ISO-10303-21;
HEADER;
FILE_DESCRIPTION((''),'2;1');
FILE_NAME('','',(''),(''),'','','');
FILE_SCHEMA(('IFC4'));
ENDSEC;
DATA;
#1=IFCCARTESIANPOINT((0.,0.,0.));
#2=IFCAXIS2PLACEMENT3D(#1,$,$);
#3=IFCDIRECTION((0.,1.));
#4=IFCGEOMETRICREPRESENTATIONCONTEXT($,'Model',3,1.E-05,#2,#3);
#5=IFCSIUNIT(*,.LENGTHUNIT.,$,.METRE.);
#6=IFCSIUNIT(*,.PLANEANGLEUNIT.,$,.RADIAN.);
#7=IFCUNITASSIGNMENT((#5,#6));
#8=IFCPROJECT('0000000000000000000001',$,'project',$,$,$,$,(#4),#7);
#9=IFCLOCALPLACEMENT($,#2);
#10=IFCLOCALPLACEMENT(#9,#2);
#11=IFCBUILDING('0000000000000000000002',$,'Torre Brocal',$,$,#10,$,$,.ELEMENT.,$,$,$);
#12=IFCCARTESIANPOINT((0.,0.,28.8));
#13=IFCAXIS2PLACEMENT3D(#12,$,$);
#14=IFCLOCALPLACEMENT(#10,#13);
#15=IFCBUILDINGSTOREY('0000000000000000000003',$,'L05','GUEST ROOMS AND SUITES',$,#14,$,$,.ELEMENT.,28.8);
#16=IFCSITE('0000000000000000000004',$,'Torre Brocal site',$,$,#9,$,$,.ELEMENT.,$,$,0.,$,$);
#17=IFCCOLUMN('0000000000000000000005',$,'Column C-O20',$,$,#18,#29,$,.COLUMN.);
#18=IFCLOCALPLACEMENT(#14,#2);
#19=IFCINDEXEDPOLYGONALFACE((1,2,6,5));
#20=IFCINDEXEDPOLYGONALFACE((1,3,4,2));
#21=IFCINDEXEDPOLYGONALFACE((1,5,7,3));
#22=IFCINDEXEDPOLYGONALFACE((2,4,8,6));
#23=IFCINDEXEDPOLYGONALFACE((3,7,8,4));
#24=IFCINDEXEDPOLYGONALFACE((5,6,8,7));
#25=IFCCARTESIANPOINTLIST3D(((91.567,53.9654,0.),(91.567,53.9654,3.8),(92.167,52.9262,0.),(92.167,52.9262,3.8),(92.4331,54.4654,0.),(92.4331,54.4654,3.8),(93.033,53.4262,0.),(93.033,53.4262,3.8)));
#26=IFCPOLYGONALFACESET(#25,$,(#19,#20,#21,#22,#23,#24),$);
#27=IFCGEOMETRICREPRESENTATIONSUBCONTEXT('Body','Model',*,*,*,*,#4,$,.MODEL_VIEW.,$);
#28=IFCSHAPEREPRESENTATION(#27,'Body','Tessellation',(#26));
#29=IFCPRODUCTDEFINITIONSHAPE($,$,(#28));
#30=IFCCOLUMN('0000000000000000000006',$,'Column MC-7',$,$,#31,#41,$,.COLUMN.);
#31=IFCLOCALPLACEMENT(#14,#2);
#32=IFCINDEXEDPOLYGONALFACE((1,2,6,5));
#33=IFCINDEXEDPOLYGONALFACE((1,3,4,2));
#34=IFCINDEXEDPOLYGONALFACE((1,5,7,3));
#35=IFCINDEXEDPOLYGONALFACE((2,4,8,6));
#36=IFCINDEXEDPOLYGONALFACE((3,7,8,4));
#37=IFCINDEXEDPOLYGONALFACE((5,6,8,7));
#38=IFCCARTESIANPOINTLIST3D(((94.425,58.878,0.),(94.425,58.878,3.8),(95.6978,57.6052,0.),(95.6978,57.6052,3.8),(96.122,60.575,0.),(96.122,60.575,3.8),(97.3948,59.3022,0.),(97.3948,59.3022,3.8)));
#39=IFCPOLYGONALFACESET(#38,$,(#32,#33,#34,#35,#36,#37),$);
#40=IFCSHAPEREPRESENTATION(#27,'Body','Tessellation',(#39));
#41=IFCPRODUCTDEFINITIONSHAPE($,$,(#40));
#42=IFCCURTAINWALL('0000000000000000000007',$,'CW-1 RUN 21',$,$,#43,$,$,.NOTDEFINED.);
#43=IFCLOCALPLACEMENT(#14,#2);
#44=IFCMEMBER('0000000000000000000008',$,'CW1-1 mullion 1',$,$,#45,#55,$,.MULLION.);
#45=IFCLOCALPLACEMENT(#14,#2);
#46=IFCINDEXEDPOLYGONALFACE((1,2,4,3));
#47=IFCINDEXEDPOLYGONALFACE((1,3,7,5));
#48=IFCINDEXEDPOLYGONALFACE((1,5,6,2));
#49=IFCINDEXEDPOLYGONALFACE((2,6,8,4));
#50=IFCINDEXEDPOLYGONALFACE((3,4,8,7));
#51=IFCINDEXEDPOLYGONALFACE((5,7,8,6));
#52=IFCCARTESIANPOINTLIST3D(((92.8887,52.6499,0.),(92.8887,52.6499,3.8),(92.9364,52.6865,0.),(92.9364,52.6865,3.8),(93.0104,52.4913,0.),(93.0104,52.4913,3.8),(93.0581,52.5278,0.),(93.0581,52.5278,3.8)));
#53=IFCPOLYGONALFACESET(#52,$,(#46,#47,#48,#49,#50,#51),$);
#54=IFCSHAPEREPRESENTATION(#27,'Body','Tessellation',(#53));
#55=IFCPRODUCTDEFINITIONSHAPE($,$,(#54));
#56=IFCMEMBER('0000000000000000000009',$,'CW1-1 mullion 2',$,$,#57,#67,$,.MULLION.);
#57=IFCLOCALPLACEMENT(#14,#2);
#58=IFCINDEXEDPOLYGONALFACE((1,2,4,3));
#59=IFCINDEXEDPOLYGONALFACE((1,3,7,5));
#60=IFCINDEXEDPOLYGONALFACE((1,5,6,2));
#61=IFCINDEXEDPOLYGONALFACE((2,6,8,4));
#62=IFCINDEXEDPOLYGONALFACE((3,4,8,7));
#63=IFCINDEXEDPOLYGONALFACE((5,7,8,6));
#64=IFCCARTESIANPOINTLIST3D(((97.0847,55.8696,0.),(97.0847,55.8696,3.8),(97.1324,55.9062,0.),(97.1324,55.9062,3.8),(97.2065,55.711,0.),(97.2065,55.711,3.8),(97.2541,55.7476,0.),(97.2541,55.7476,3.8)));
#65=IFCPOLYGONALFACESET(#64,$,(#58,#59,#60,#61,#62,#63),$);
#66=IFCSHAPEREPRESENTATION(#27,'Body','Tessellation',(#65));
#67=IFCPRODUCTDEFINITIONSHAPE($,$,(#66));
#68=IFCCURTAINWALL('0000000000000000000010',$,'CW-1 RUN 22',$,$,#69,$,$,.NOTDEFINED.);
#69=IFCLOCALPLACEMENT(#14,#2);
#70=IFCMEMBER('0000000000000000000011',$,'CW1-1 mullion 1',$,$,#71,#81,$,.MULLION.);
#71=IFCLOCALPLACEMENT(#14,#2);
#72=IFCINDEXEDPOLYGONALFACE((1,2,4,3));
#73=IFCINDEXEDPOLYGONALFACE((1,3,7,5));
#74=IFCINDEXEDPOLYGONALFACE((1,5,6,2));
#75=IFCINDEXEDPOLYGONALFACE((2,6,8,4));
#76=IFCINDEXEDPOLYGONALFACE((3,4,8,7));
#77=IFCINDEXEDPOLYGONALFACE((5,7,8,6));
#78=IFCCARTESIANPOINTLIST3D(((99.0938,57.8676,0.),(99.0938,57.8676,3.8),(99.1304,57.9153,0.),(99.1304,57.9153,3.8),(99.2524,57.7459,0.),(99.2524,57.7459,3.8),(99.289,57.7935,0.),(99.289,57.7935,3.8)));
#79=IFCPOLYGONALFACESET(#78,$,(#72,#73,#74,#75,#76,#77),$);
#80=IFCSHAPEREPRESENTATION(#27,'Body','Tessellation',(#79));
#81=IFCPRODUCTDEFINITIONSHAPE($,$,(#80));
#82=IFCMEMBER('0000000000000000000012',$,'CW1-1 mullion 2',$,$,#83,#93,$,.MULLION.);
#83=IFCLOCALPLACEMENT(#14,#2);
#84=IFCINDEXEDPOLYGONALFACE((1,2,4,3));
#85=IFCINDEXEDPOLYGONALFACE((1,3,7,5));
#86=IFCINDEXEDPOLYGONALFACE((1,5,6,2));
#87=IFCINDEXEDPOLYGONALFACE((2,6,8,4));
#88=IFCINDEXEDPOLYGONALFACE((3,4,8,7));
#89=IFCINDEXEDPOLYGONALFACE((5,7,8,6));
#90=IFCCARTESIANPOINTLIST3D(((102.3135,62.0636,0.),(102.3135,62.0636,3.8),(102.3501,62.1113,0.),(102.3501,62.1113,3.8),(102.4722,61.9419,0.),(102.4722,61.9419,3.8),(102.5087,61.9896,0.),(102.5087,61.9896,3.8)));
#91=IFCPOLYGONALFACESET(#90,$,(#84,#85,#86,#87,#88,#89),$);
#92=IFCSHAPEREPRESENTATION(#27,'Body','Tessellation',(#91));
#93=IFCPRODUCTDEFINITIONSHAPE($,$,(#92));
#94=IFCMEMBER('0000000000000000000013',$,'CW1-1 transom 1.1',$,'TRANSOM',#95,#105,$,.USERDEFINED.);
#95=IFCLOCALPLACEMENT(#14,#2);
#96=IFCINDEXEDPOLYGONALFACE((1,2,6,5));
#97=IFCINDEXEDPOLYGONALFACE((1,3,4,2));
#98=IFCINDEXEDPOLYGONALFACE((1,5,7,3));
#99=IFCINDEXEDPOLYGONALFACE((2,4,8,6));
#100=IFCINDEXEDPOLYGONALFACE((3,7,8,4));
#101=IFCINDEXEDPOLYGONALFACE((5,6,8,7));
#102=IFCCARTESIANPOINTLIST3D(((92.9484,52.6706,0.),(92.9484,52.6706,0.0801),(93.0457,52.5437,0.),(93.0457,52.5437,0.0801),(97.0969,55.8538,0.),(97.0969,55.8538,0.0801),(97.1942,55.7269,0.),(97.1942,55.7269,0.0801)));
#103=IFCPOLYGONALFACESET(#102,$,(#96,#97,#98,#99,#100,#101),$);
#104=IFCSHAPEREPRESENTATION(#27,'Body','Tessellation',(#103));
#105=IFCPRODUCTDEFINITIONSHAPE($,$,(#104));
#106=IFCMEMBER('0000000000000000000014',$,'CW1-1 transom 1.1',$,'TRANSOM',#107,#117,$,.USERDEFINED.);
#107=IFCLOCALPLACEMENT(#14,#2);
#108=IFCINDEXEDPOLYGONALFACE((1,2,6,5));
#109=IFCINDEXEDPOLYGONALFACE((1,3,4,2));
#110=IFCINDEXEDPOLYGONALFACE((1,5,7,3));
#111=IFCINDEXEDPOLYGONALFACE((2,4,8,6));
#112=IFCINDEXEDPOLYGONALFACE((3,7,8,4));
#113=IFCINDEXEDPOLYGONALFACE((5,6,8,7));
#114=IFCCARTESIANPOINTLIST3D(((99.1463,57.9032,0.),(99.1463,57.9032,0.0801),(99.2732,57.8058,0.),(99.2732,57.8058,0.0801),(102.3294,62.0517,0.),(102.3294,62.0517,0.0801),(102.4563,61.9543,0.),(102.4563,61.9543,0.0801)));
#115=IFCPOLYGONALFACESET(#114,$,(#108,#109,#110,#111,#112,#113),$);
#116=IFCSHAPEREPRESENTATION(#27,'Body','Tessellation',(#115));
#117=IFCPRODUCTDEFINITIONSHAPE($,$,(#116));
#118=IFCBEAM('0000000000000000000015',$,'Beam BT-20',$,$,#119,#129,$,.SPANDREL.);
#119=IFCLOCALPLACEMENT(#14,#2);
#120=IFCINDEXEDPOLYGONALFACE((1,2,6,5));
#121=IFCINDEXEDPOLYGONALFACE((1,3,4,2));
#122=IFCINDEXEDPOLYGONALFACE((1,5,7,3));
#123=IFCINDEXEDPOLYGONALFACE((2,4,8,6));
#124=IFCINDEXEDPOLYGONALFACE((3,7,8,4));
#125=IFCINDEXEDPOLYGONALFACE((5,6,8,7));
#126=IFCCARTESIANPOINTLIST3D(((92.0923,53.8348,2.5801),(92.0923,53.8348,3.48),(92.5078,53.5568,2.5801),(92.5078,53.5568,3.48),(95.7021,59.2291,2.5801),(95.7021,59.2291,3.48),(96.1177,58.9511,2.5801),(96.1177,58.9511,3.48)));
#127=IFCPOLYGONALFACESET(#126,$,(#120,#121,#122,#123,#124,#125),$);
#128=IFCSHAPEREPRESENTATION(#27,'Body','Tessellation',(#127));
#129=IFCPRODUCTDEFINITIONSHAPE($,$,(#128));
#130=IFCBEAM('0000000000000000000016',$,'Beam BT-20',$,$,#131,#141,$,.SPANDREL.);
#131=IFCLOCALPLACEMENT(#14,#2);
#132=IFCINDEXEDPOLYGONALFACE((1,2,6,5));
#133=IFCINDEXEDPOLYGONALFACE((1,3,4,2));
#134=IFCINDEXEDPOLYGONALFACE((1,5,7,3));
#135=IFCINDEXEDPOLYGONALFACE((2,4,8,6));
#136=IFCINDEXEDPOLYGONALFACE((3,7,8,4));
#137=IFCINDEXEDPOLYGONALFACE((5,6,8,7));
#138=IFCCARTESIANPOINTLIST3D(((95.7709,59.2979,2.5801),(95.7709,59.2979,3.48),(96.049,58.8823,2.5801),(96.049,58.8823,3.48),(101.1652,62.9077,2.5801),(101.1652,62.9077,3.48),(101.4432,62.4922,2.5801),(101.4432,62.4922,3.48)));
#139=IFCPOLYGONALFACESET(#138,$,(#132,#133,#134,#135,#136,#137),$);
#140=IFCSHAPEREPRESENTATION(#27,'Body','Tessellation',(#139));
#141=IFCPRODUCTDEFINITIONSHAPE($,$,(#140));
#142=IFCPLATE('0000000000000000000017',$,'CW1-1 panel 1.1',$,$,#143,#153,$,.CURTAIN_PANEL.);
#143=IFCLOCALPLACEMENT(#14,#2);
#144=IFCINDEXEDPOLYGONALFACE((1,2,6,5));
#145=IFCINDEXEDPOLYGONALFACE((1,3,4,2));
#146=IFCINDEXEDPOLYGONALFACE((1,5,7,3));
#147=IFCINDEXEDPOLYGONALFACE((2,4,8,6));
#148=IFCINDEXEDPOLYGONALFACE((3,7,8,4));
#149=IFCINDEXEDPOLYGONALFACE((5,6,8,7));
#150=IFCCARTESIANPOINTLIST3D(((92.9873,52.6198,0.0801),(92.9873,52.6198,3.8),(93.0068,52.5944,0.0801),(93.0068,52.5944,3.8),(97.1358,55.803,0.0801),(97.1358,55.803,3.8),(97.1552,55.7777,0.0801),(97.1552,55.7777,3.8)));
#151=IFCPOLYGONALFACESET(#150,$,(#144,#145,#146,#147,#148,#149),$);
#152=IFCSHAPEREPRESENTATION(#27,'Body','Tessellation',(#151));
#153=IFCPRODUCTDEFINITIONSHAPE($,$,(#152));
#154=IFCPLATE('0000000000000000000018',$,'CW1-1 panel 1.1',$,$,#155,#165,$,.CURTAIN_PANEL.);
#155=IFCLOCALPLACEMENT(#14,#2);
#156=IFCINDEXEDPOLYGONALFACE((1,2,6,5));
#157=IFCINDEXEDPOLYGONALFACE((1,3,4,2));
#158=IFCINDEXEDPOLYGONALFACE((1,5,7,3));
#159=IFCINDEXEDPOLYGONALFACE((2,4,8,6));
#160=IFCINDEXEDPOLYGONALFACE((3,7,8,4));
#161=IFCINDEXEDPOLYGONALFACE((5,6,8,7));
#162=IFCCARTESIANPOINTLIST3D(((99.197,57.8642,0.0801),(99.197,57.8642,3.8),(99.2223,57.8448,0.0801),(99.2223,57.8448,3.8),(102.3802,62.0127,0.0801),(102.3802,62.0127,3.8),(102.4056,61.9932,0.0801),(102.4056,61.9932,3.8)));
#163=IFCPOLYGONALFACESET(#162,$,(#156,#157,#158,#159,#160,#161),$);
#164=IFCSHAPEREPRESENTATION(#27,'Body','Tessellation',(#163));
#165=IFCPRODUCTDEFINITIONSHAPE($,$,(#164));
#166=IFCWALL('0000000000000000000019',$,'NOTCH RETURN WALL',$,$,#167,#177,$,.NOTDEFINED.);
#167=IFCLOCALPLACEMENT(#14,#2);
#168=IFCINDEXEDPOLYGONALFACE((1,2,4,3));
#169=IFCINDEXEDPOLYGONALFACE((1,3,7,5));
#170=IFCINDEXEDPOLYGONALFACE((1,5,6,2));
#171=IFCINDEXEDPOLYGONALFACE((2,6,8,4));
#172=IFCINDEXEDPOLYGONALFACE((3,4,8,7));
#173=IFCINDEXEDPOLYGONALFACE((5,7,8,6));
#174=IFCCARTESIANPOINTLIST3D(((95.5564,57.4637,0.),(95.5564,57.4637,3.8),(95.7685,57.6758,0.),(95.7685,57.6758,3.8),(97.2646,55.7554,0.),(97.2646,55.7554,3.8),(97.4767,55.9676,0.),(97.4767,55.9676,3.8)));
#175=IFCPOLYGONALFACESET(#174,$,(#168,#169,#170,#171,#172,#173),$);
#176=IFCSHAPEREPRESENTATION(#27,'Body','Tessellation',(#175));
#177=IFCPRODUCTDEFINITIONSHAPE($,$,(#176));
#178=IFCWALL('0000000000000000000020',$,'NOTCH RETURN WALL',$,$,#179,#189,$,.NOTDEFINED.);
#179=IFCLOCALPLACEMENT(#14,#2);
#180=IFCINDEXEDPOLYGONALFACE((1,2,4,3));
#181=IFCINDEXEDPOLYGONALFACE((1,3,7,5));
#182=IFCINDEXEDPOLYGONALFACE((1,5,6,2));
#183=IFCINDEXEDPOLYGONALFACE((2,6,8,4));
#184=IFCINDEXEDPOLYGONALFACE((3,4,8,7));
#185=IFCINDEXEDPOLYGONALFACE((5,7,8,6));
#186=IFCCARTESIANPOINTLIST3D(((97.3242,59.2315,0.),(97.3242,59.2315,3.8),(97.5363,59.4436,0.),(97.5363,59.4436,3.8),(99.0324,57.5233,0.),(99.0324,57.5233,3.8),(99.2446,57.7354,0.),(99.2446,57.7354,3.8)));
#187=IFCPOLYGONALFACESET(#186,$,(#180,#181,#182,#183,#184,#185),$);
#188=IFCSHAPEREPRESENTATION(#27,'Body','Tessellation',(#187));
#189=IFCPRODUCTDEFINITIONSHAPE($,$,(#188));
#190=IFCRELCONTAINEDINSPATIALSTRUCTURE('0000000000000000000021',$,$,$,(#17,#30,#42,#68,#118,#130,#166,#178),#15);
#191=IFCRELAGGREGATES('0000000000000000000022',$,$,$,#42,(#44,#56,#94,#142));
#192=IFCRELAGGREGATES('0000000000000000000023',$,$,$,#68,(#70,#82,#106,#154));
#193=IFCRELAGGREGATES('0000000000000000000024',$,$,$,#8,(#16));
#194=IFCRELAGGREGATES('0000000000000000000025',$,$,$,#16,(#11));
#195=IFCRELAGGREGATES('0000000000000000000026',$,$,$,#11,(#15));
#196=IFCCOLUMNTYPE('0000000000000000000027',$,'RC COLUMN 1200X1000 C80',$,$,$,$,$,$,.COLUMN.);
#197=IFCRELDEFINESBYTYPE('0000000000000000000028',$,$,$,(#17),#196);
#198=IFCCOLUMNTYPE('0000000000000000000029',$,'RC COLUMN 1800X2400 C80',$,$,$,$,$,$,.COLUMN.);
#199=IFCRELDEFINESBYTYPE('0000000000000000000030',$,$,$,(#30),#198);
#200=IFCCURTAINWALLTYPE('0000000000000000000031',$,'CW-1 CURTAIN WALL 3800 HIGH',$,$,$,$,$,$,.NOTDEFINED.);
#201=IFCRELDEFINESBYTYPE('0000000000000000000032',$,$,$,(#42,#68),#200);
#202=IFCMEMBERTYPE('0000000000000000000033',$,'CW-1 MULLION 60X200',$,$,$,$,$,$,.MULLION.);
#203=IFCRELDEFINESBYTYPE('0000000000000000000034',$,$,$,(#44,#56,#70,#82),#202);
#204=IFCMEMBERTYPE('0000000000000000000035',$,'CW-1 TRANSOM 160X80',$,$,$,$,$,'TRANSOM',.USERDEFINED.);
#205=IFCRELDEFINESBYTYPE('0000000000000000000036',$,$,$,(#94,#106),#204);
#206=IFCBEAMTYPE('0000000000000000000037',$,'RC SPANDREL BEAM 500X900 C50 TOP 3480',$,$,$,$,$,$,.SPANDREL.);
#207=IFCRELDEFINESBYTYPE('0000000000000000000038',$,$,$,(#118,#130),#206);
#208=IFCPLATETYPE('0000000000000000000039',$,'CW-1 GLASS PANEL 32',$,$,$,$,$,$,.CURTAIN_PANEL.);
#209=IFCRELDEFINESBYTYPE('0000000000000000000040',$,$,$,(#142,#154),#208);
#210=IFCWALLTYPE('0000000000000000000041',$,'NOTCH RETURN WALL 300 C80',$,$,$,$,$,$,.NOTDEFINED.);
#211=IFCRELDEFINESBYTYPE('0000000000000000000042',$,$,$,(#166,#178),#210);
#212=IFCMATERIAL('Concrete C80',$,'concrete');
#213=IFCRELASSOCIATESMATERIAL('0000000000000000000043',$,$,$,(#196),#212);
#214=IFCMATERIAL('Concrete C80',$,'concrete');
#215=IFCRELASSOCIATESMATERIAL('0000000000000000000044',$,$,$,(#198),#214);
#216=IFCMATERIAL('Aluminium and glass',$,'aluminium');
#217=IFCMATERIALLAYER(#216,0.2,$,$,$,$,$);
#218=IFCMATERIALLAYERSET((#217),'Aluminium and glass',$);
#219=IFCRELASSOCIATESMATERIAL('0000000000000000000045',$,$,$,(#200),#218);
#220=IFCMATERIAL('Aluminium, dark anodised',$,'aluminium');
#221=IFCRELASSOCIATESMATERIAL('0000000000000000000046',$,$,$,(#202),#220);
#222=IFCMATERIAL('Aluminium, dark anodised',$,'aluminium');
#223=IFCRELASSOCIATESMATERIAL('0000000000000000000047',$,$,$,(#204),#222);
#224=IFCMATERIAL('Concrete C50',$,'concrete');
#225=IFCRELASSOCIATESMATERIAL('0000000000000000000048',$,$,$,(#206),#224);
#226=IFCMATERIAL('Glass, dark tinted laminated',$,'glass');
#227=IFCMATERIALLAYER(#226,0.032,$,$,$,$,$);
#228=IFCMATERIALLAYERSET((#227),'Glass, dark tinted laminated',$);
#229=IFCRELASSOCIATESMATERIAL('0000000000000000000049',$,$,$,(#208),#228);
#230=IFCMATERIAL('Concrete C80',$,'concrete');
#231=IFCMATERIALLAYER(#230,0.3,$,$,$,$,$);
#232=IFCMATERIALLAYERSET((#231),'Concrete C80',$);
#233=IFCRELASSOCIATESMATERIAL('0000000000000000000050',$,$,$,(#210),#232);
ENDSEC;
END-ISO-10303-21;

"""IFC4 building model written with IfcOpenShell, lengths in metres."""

from ifc_helpers import new_model, si_unit, direction, frame, frame_2d, origin, origin_2d, place, context, subcontext, project, spatial, rectangle, extrude, material, layer, layer_set, material_profile, profile_set, type_object, element, aggregate, save


model = new_model("IFC4")

# Units and contexts
model_context = context("Model", 3, precision=1e-05, world=origin(), true_north=direction((0.0, 1.0)))
body_context = subcontext(model_context, "Body", "Model", "MODEL_VIEW")
ifc_project = project(units=[si_unit("LENGTHUNIT", "METRE"), si_unit("PLANEANGLEUNIT", "RADIAN")], contexts=[model_context])

# Site, building, storey
site_placement = place(None, origin())
site = spatial("IfcSite", under=ifc_project, at=site_placement, Name="Torre Brocal site", CompositionType="ELEMENT", RefElevation=0.0)
building_placement = place(site_placement, origin())
building = spatial("IfcBuilding", under=site, at=building_placement, Name="Torre Brocal", CompositionType="ELEMENT")
storey_placement = place(building_placement, frame((0.0, 0.0, 28.8)))
storey = spatial("IfcBuildingStorey", under=building, at=storey_placement, Name="L05", Description="GUEST ROOMS AND SUITES", CompositionType="ELEMENT", Elevation=28.8)

# Columns
ifc_material_1 = material(Name="Concrete C80", Category="concrete")
ifc_material_profile_1 = material_profile(ifc_material_1, rectangle(XDim=1.2, YDim=1.0, at=origin_2d()), Name="RC 1200X1000")
ifc_profile_set_1 = profile_set([ifc_material_profile_1], Name="Concrete C80")
column_type_1 = type_object("IfcColumnType", Name="RC COLUMN 1200X1000 C80", PredefinedType="COLUMN", material=ifc_profile_set_1)
column_1_placement = place(storey_placement, frame((92.3, 53.6958, 0.0), z_axis=(0.0, 0.0, 1.0), x_axis=(0.5, -0.866025, 0.0)))
element("IfcColumn", 1, at=column_1_placement, inside=storey, type_object=column_type_1, Name="Column C-O20", PredefinedType="COLUMN", context=body_context, shape_type="SweptSolid", body=[
    extrude(rectangle(XDim=1.2, YDim=1.0, at=origin_2d()), origin(), (0.0, 0.0, 1.0), 3.8),
])
ifc_material_2 = material(Name="Concrete C80", Category="concrete")
ifc_material_profile_2 = material_profile(ifc_material_2, rectangle(XDim=1.8, YDim=2.3999, at=origin_2d()), Name="RC 1800X2400")
ifc_profile_set_2 = profile_set([ifc_material_profile_2], Name="Concrete C80")
column_type_2 = type_object("IfcColumnType", Name="RC COLUMN 1800X2400 C80", PredefinedType="COLUMN", material=ifc_profile_set_2)
column_2_placement = place(storey_placement, frame((95.9099, 59.0901, 0.0), z_axis=(0.0, 0.0, 1.0), x_axis=(0.707107, -0.707107, 0.0)))
element("IfcColumn", 2, at=column_2_placement, inside=storey, type_object=column_type_2, Name="Column MC-7", PredefinedType="COLUMN", context=body_context, shape_type="SweptSolid", body=[
    extrude(rectangle(XDim=1.8, YDim=2.3999, at=origin_2d()), origin(), (0.0, 0.0, 1.0), 3.8),
])

# Curtain walls, members
ifc_material_3 = material(Name="Aluminium and glass", Category="aluminium")
ifc_layer_1 = layer(ifc_material_3, 0.2)
ifc_layer_set_1 = layer_set([ifc_layer_1], Name="Aluminium and glass")
curtain_wall_type = type_object("IfcCurtainWallType", Name="CW-1 CURTAIN WALL 3800 HIGH", PredefinedType="NOTDEFINED", material=ifc_layer_set_1)
curtain_wall_1_placement = place(storey_placement, origin())
curtain_wall_1 = element("IfcCurtainWall", 3, at=curtain_wall_1_placement, inside=storey, type_object=curtain_wall_type, Name="CW-1 RUN 21", PredefinedType="NOTDEFINED")
ifc_material_4 = material(Name="Aluminium, dark anodised", Category="aluminium")
ifc_material_profile_3 = material_profile(ifc_material_4, rectangle(XDim=0.2, YDim=0.0601, at=origin_2d()), Name="CW-1 MULLION 60X200")
ifc_profile_set_3 = profile_set([ifc_material_profile_3], Name="Aluminium, dark anodised")
member_type_1 = type_object("IfcMemberType", Name="CW-1 MULLION 60X200", PredefinedType="MULLION", material=ifc_profile_set_3)
member_1_placement = place(storey_placement, frame((92.9734, 52.5889, 0.0), z_axis=(0.0, 0.0, 1.0), x_axis=(-0.608761, 0.793353, 0.0)))
member_1 = element("IfcMember", 4, at=member_1_placement, type_object=member_type_1, Name="CW1-1 mullion 1", PredefinedType="MULLION", context=body_context, shape_type="SweptSolid", body=[
    extrude(rectangle(XDim=0.2, YDim=0.0601, at=origin_2d()), origin(), (0.0, 0.0, 1.0), 3.8),
])
member_2_placement = place(storey_placement, frame((97.1694, 55.8086, 0.0), z_axis=(0.0, 0.0, 1.0), x_axis=(-0.608761, 0.793353, 0.0)))
member_2 = element("IfcMember", 5, at=member_2_placement, type_object=member_type_1, Name="CW1-1 mullion 2", PredefinedType="MULLION", context=body_context, shape_type="SweptSolid", body=[
    extrude(rectangle(XDim=0.2, YDim=0.0601, at=origin_2d()), origin(), (0.0, 0.0, 1.0), 3.8),
])
curtain_wall_2_placement = place(storey_placement, origin())
curtain_wall_2 = element("IfcCurtainWall", 6, at=curtain_wall_2_placement, inside=storey, type_object=curtain_wall_type, Name="CW-1 RUN 22", PredefinedType="NOTDEFINED")
member_3_placement = place(storey_placement, frame((99.1914, 57.8306, 0.0), z_axis=(0.0, 0.0, 1.0), x_axis=(-0.793353, 0.608761, 0.0)))
member_3 = element("IfcMember", 7, at=member_3_placement, type_object=member_type_1, Name="CW1-1 mullion 1", PredefinedType="MULLION", context=body_context, shape_type="SweptSolid", body=[
    extrude(rectangle(XDim=0.2, YDim=0.0601, at=origin_2d()), origin(), (0.0, 0.0, 1.0), 3.8),
])
member_4_placement = place(storey_placement, frame((102.4111, 62.0266, 0.0), z_axis=(0.0, 0.0, 1.0), x_axis=(-0.793353, 0.608761, 0.0)))
member_4 = element("IfcMember", 8, at=member_4_placement, type_object=member_type_1, Name="CW1-1 mullion 2", PredefinedType="MULLION", context=body_context, shape_type="SweptSolid", body=[
    extrude(rectangle(XDim=0.2, YDim=0.0601, at=origin_2d()), origin(), (0.0, 0.0, 1.0), 3.8),
])

# Members
ifc_material_5 = material(Name="Aluminium, dark anodised", Category="aluminium")
ifc_material_profile_4 = material_profile(ifc_material_5, rectangle(XDim=0.1599, YDim=0.0801, at=origin_2d()), Name="CW-1 TRANSOM 160X80")
ifc_profile_set_4 = profile_set([ifc_material_profile_4], Name="Aluminium, dark anodised")
member_type_2 = type_object("IfcMemberType", Name="CW-1 TRANSOM 160X80", ElementType="TRANSOM", PredefinedType="USERDEFINED", material=ifc_profile_set_4)
member_5_placement = place(storey_placement, frame((92.9971, 52.6072, 0.04), z_axis=(0.793363, 0.608749, 0.0), x_axis=(-0.608749, 0.793363, 0.0)))
member_5 = element("IfcMember", 9, at=member_5_placement, type_object=member_type_2, Name="CW1-1 transom 1.1", ObjectType="TRANSOM", PredefinedType="USERDEFINED", context=body_context, shape_type="SweptSolid", body=[
    extrude(rectangle(XDim=0.1599, YDim=0.0801, at=origin_2d()), origin(), (0.0, 0.0, 1.0), 5.229),
])
member_6_placement = place(storey_placement, frame((99.2097, 57.8545, 0.04), z_axis=(0.608749, 0.793363, 0.0), x_axis=(-0.793363, 0.608749, 0.0)))
member_6 = element("IfcMember", 10, at=member_6_placement, type_object=member_type_2, Name="CW1-1 transom 1.1", ObjectType="TRANSOM", PredefinedType="USERDEFINED", context=body_context, shape_type="SweptSolid", body=[
    extrude(rectangle(XDim=0.1599, YDim=0.0801, at=origin_2d()), origin(), (0.0, 0.0, 1.0), 5.229),
])

# Beams
ifc_material_6 = material(Name="Concrete C50", Category="concrete")
ifc_material_profile_5 = material_profile(ifc_material_6, rectangle(XDim=0.5, YDim=0.8999, at=origin_2d()), Name="RC 500X900")
ifc_profile_set_5 = profile_set([ifc_material_profile_5], Name="Concrete C50")
beam_type = type_object("IfcBeamType", Name="RC SPANDREL BEAM 500X900 C50 TOP 3480", PredefinedType="SPANDREL", material=ifc_profile_set_5)
for number, where, z_axis, x_axis, name in (
    (11, (92.3, 53.6958, 3.03), (0.556158, 0.831077, 0.0), (-0.831077, 0.556158, 0.0), "Beam BT-20"),
    (12, (95.9099, 59.0901, 3.03), (0.831077, 0.556158, 0.0), (-0.556158, 0.831077, 0.0), "Beam BT-20"),
):
    element("IfcBeam", number, at=place(storey_placement, frame(where, z_axis=z_axis, x_axis=x_axis)), inside=storey, type_object=beam_type, Name=name, PredefinedType="SPANDREL", context=body_context, shape_type="SweptSolid", body=[
        extrude(rectangle(XDim=0.5, YDim=0.8999, at=origin_2d()), origin(), (0.0, 0.0, 1.0), 6.4907),
    ])

# Plates
ifc_material_7 = material(Name="Glass, dark tinted laminated", Category="glass")
ifc_layer_2 = layer(ifc_material_7, 0.032)
ifc_layer_set_2 = layer_set([ifc_layer_2], Name="Glass, dark tinted laminated")
plate_type = type_object("IfcPlateType", Name="CW-1 GLASS PANEL 32", PredefinedType="CURTAIN_PANEL", material=ifc_layer_set_2)
plate_1_placement = place(storey_placement, frame((95.0713, 54.1987, 0.0801), z_axis=(0.0, 0.0, 1.0), x_axis=(0.793353, 0.608761, 0.0)))
plate_1 = element("IfcPlate", 13, at=plate_1_placement, type_object=plate_type, Name="CW1-1 panel 1.1", PredefinedType="CURTAIN_PANEL", context=body_context, shape_type="SweptSolid", body=[
    extrude(rectangle(XDim=5.229, YDim=0.032, at=origin_2d()), origin(), (0.0, 0.0, 1.0), 3.72),
])
aggregate(curtain_wall_1, [member_1, member_2, member_5, plate_1])
plate_2_placement = place(storey_placement, frame((100.8013, 59.9287, 0.0801), z_axis=(0.0, 0.0, 1.0), x_axis=(0.608761, 0.793353, 0.0)))
plate_2 = element("IfcPlate", 14, at=plate_2_placement, type_object=plate_type, Name="CW1-1 panel 1.1", PredefinedType="CURTAIN_PANEL", context=body_context, shape_type="SweptSolid", body=[
    extrude(rectangle(XDim=5.229, YDim=0.032, at=origin_2d()), origin(), (0.0, 0.0, 1.0), 3.72),
])
aggregate(curtain_wall_2, [member_3, member_4, member_6, plate_2])

# Walls
ifc_material_8 = material(Name="Concrete C80", Category="concrete")
ifc_layer_3 = layer(ifc_material_8, 0.3)
ifc_layer_set_3 = layer_set([ifc_layer_3], Name="Concrete C80")
wall_type_1 = type_object("IfcWallType", Name="NOTCH RETURN WALL 300 C80", PredefinedType="NOTDEFINED", material=ifc_layer_set_3)
for number, where, z_axis, x_axis, name in (
    (15, (95.6624, 57.5698, 0.0), (0.0, 0.0, 1.0), (0.707107, -0.707107, 0.0), "NOTCH RETURN WALL"),
    (16, (97.4302, 59.3376, 0.0), (0.0, 0.0, 1.0), (0.707107, -0.707107, 0.0), "NOTCH RETURN WALL"),
):
    element("IfcWall", number, at=place(storey_placement, frame(where, z_axis=z_axis, x_axis=x_axis)), inside=storey, type_object=wall_type_1, Name=name, PredefinedType="NOTDEFINED", context=body_context, shape_type="SweptSolid", body=[
        extrude(rectangle(XDim=2.4158, YDim=0.3, at=frame_2d((1.208, 0.0))), origin(), (0.0, 0.0, 1.0), 3.8),
    ])

save(model, "model.ifc")
